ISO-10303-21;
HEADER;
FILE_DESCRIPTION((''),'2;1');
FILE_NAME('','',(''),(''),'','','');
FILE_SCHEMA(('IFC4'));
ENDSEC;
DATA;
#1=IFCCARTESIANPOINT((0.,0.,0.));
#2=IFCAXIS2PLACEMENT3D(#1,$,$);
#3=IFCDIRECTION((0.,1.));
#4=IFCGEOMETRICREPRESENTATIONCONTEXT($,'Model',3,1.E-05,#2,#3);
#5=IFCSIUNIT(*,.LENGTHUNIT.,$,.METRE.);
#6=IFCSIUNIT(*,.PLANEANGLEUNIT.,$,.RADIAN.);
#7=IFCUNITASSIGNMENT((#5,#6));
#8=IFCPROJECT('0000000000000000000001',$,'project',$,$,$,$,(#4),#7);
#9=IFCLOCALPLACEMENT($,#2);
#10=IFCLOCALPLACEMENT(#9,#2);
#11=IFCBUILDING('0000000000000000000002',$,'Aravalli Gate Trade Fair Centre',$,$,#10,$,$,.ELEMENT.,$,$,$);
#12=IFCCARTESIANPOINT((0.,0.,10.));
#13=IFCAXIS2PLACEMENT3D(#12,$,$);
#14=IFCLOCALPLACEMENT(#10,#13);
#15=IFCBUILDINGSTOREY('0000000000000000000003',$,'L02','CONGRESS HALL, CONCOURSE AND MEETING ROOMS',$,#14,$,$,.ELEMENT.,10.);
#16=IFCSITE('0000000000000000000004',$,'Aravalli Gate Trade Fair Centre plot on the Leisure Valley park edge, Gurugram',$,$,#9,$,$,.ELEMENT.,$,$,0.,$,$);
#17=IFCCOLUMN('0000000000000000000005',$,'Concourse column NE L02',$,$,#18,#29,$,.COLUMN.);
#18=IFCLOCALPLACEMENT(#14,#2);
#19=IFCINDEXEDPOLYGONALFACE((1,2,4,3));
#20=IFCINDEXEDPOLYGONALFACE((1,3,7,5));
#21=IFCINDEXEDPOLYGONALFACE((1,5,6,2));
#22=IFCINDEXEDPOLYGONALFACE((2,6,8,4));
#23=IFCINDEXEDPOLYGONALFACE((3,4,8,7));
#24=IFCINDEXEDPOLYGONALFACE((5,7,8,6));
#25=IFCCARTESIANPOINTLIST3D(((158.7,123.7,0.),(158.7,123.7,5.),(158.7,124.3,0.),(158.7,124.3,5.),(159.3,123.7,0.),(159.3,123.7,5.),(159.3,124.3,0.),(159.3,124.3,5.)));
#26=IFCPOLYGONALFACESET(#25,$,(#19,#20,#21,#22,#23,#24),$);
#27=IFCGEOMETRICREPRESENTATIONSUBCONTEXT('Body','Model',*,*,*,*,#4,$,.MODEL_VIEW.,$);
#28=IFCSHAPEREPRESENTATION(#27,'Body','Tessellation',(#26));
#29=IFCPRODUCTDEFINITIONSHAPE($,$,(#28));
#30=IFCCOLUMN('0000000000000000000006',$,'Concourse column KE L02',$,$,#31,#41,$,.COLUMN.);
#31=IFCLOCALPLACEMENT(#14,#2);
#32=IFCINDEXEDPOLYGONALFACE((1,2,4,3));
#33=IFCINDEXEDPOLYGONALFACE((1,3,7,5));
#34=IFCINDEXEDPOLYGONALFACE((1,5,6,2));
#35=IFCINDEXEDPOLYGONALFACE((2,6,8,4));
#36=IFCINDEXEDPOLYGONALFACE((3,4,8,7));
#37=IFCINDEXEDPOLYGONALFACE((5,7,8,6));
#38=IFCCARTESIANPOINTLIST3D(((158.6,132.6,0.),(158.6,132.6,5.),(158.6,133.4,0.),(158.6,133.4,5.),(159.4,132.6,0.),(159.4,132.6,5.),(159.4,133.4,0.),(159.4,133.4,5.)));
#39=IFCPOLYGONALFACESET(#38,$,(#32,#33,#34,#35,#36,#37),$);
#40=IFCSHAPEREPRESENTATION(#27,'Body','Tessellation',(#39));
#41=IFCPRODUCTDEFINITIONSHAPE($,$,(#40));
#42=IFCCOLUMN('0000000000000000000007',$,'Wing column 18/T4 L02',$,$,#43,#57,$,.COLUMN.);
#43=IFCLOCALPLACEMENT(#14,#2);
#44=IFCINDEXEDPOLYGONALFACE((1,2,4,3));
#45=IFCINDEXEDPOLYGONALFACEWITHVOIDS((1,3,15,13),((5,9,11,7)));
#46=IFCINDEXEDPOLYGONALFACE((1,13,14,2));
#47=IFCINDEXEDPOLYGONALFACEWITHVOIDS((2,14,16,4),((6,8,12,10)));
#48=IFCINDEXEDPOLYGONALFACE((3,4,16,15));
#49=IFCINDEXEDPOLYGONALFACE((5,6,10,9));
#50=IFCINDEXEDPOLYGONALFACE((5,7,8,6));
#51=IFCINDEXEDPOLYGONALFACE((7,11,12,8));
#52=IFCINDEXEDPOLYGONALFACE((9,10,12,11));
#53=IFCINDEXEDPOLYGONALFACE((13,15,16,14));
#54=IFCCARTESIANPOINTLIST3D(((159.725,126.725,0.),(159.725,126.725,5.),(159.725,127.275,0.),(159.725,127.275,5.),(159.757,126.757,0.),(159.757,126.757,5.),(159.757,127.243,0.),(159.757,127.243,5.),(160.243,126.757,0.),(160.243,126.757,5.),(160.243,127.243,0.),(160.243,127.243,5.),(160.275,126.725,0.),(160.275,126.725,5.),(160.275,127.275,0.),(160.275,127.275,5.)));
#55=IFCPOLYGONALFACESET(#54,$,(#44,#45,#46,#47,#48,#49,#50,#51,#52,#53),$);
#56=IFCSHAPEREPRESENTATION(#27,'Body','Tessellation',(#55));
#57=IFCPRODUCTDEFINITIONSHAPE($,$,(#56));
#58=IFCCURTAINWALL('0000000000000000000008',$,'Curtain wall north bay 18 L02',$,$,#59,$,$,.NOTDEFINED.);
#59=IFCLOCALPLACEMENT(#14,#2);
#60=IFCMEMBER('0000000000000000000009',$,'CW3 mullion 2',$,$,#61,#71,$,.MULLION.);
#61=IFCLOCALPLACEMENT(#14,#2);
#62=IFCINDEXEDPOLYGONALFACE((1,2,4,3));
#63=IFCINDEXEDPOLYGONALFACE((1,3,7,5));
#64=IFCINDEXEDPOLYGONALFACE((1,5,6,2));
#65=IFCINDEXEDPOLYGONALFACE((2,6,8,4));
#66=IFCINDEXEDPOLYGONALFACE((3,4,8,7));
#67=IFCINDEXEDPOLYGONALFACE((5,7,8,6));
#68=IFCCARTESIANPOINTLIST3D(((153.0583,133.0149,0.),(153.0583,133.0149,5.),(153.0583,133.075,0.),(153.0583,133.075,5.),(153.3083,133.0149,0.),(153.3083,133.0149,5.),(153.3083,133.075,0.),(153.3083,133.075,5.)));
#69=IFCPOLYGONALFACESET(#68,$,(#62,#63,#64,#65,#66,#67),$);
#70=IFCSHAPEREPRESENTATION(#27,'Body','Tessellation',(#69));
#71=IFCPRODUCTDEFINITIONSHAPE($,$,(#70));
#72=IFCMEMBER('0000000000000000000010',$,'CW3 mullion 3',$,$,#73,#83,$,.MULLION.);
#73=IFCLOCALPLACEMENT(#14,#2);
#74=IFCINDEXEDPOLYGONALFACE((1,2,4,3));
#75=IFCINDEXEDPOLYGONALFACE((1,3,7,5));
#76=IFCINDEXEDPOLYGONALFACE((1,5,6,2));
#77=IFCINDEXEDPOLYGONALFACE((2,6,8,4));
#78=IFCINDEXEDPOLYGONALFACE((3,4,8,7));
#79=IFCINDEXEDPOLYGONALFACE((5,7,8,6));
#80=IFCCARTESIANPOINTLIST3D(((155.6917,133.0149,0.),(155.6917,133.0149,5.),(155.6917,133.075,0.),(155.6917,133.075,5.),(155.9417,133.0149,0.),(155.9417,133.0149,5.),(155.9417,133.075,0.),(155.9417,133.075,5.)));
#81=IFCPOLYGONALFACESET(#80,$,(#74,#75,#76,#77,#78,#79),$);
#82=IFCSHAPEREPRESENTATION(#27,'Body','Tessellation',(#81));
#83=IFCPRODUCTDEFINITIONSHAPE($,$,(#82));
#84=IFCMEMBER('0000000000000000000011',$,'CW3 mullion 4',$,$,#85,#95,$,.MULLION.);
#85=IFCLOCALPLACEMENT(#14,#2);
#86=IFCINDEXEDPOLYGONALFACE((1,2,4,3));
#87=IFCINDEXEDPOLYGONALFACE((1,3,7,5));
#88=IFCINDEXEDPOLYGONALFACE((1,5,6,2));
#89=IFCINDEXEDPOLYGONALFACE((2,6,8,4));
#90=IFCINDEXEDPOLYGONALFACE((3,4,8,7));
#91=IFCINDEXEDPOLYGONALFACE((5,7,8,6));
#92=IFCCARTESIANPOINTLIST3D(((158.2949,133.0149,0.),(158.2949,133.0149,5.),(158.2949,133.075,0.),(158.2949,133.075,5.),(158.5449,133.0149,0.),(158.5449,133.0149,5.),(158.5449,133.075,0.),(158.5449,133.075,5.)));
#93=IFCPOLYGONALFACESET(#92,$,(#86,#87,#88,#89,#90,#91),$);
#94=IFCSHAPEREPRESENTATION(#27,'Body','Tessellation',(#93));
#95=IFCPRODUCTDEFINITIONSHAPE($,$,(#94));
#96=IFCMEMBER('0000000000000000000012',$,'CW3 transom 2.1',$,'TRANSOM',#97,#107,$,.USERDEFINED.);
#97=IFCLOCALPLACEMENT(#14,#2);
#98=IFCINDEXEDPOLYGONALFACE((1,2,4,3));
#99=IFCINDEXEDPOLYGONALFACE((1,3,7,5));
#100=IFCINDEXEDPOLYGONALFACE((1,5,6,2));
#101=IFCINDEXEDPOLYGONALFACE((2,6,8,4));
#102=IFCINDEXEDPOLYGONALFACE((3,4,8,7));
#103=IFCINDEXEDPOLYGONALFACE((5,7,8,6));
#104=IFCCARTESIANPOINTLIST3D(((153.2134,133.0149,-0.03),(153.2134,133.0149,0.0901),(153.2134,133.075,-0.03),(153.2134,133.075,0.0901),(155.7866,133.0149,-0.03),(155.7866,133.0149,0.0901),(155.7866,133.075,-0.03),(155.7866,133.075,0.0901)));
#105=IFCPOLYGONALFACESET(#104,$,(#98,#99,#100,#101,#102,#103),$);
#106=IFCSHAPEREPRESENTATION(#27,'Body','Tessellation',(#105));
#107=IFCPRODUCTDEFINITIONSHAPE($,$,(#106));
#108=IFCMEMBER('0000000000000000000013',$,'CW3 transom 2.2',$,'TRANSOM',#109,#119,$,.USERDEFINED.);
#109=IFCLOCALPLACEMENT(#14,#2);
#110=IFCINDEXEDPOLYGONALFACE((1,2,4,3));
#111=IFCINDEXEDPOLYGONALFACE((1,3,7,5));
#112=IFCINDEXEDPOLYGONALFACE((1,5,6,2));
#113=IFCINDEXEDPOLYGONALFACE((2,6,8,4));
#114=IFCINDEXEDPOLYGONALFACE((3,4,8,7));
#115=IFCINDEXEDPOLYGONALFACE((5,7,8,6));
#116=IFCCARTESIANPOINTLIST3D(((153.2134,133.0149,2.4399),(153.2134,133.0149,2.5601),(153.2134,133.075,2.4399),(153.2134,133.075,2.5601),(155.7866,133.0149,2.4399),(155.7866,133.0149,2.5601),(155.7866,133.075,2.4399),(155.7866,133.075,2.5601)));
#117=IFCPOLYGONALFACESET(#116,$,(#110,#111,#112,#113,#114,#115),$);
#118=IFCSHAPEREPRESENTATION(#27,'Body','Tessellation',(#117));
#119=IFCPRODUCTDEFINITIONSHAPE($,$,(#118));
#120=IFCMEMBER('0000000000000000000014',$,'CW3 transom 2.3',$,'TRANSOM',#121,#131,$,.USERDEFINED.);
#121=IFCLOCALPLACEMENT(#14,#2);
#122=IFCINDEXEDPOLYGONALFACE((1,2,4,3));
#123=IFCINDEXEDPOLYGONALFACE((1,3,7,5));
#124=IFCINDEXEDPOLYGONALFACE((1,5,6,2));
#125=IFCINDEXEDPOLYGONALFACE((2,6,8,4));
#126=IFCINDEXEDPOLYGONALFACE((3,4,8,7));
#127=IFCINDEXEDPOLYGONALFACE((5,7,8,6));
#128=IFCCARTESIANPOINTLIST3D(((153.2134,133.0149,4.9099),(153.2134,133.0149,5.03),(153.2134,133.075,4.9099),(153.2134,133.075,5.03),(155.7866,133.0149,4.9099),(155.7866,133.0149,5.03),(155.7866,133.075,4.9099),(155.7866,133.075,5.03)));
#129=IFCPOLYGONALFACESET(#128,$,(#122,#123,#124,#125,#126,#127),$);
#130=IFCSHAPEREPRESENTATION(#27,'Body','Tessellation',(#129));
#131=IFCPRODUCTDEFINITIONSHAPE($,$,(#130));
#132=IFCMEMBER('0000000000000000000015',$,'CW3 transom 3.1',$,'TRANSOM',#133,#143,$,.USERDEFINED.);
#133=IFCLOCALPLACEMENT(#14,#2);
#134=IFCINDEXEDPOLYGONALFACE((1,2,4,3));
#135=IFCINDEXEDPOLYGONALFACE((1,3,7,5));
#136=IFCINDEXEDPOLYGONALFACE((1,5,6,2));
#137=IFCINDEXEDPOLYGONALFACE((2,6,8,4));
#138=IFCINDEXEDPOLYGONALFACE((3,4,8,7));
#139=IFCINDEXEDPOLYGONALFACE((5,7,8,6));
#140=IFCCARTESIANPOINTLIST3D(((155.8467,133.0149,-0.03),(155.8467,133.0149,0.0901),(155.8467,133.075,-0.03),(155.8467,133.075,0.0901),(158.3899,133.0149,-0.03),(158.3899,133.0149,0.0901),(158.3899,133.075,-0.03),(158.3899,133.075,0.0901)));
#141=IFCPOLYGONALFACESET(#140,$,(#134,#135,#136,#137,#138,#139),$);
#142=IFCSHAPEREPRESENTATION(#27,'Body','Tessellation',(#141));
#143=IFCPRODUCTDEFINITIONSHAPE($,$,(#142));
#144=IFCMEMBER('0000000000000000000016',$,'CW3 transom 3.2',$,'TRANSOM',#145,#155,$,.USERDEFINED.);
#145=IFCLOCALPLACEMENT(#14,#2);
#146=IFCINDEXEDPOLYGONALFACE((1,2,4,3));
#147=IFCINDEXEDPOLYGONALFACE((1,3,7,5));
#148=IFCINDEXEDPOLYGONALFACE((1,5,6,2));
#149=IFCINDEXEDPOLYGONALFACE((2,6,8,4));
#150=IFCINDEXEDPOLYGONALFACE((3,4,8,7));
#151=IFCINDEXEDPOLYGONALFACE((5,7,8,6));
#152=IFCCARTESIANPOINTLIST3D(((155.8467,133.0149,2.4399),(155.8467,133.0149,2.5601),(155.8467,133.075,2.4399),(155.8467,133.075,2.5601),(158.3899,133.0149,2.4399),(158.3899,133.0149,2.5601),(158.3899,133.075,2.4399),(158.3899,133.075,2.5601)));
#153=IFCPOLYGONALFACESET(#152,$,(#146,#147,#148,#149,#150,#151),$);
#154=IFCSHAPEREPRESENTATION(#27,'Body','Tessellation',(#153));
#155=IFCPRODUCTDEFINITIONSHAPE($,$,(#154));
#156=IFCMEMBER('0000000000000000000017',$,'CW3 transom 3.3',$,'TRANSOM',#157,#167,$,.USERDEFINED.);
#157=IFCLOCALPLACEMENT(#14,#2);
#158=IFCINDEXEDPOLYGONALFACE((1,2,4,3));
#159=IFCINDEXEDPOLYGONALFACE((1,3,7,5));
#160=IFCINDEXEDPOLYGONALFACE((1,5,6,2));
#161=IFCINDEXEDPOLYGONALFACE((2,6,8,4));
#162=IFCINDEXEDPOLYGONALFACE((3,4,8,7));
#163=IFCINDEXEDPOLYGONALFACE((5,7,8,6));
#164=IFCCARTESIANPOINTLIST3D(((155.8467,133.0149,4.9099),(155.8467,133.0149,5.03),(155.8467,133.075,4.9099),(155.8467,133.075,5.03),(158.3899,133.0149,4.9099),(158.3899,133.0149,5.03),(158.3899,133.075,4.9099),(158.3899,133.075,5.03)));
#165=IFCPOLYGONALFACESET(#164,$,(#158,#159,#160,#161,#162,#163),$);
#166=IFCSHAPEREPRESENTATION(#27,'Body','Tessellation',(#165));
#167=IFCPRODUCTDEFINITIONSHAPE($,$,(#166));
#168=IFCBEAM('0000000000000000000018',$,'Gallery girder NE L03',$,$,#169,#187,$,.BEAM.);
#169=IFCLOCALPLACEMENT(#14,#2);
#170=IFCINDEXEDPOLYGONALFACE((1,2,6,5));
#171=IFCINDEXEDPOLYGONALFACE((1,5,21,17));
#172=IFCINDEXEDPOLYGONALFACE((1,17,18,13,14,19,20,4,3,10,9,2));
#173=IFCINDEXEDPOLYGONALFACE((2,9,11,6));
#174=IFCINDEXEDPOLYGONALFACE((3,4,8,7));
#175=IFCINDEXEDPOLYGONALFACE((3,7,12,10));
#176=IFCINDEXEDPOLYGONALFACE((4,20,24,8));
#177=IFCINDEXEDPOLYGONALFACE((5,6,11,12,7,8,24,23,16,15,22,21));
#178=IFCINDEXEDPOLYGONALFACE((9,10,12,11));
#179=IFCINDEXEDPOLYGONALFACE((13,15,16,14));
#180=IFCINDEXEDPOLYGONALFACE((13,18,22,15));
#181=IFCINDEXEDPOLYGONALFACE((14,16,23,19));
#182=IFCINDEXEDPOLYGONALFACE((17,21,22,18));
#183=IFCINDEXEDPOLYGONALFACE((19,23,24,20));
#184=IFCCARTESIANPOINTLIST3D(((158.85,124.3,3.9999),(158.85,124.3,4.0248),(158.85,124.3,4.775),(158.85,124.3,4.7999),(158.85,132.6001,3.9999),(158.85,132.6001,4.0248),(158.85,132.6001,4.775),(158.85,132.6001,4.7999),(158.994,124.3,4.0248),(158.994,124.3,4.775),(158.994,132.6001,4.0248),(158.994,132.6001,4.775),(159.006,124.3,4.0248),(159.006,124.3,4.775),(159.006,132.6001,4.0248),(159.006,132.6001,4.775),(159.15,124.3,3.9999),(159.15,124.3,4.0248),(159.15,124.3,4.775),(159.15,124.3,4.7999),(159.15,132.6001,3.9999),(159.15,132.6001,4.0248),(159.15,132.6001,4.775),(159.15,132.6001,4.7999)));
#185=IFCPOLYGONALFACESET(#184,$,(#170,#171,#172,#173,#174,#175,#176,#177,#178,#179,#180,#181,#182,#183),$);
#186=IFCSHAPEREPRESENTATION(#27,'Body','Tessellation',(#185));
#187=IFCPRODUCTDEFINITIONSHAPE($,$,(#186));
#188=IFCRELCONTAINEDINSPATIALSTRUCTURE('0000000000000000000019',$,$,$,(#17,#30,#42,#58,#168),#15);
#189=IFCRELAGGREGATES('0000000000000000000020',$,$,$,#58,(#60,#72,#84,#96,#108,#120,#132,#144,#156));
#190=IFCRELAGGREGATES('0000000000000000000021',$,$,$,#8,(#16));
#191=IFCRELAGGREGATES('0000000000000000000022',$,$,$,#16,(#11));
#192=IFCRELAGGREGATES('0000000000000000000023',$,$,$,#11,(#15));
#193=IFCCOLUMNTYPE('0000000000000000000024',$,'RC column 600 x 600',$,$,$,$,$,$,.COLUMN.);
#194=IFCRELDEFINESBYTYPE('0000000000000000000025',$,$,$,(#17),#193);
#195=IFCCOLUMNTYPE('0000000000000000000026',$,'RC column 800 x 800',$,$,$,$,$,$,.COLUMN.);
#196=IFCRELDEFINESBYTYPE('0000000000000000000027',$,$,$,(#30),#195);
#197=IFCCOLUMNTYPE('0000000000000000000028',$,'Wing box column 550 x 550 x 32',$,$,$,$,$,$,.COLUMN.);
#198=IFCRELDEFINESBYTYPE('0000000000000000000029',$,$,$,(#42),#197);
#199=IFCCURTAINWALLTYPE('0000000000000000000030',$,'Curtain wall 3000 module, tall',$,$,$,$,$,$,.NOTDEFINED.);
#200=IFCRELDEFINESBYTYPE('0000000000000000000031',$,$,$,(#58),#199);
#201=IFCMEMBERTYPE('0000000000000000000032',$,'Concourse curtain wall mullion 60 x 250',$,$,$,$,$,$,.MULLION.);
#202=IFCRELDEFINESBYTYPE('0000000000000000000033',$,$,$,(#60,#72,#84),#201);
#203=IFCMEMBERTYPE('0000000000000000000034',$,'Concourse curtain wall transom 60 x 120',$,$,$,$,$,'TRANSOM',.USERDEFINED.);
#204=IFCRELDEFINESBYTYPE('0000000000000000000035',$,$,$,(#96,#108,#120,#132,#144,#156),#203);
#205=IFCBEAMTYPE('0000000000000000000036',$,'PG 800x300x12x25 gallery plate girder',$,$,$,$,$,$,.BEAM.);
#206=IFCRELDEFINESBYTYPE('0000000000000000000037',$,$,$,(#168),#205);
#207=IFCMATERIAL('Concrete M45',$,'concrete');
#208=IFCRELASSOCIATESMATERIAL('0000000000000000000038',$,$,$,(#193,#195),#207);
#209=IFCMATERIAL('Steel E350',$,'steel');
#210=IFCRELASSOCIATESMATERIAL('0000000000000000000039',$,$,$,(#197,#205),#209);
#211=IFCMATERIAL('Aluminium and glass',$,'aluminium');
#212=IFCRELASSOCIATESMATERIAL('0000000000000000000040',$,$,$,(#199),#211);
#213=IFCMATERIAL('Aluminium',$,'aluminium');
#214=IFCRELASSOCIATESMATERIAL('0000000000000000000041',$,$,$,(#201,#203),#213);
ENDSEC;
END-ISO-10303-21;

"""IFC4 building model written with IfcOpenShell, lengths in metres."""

from ifc_helpers import new_model, si_unit, direction, frame, origin, origin_2d, place, context, subcontext, project, spatial, rectangle, hollow_rectangle, i_section, extrude, material, material_profile, profile_set, type_object, element, aggregate, save


model = new_model("IFC4")

# Units and contexts
model_context = context("Model", 3, precision=1e-05, world=origin(), true_north=direction((0.0, 1.0)))
body_context = subcontext(model_context, "Body", "Model", "MODEL_VIEW")
ifc_project = project(units=[si_unit("LENGTHUNIT", "METRE"), si_unit("PLANEANGLEUNIT", "RADIAN")], contexts=[model_context])

# Site, building, storey
site_placement = place(None, origin())
site = spatial("IfcSite", under=ifc_project, at=site_placement, Name="Aravalli Gate Trade Fair Centre plot on the Leisure Valley park edge, Gurugram", CompositionType="ELEMENT", RefElevation=0.0)
building_placement = place(site_placement, origin())
building = spatial("IfcBuilding", under=site, at=building_placement, Name="Aravalli Gate Trade Fair Centre", CompositionType="ELEMENT")
storey_placement = place(building_placement, frame((0.0, 0.0, 10.0)))
storey = spatial("IfcBuildingStorey", under=building, at=storey_placement, Name="L02", Description="CONGRESS HALL, CONCOURSE AND MEETING ROOMS", CompositionType="ELEMENT", Elevation=10.0)

# Columns
ifc_material_1 = material(Name="Concrete M45", Category="concrete")
ifc_material_profile_1 = material_profile(ifc_material_1, rectangle(XDim=0.6001, YDim=0.6001, at=origin_2d()), Name="RC column 600 x 600")
ifc_profile_set_1 = profile_set([ifc_material_profile_1], Name="Concrete M45")
column_type_1 = type_object("IfcColumnType", Name="RC column 600 x 600", PredefinedType="COLUMN", material=ifc_profile_set_1)
column_1_placement = place(storey_placement, frame((159.0, 124.0, 0.0), z_axis=(0.0, 0.0, 1.0), x_axis=(1.0, 0.0, 0.0)))
element("IfcColumn", 1, at=column_1_placement, inside=storey, type_object=column_type_1, Name="Concourse column NE L02", PredefinedType="COLUMN", context=body_context, shape_type="SweptSolid", body=[
    extrude(rectangle(XDim=0.6001, YDim=0.6001, at=origin_2d()), origin(), (0.0, 0.0, 1.0), 5.0),
])
ifc_material_profile_2 = material_profile(ifc_material_1, rectangle(XDim=0.8, YDim=0.8, at=origin_2d()), Name="RC column 800 x 800")
ifc_profile_set_2 = profile_set([ifc_material_profile_2], Name="Concrete M45")
column_type_2 = type_object("IfcColumnType", Name="RC column 800 x 800", PredefinedType="COLUMN", material=ifc_profile_set_2)
column_2_placement = place(storey_placement, frame((159.0, 133.0, 0.0), z_axis=(0.0, 0.0, 1.0), x_axis=(1.0, 0.0, 0.0)))
element("IfcColumn", 2, at=column_2_placement, inside=storey, type_object=column_type_2, Name="Concourse column KE L02", PredefinedType="COLUMN", context=body_context, shape_type="SweptSolid", body=[
    extrude(rectangle(XDim=0.8, YDim=0.8, at=origin_2d()), origin(), (0.0, 0.0, 1.0), 5.0),
])
ifc_material_2 = material(Name="Steel E350", Category="steel")
ifc_material_profile_3 = material_profile(ifc_material_2, hollow_rectangle(XDim=0.55, YDim=0.55, WallThickness=0.032, at=origin_2d()), Name="BOX 550x550x32")
ifc_profile_set_3 = profile_set([ifc_material_profile_3], Name="Steel E350")
column_type_3 = type_object("IfcColumnType", Name="Wing box column 550 x 550 x 32", PredefinedType="COLUMN", material=ifc_profile_set_3)
column_3_placement = place(storey_placement, frame((160.0, 127.0, 0.0), z_axis=(0.0, 0.0, 1.0), x_axis=(1.0, 0.0, 0.0)))
element("IfcColumn", 3, at=column_3_placement, inside=storey, type_object=column_type_3, Name="Wing column 18/T4 L02", PredefinedType="COLUMN", context=body_context, shape_type="SweptSolid", body=[
    extrude(hollow_rectangle(XDim=0.55, YDim=0.55, WallThickness=0.032, at=origin_2d()), origin(), (0.0, 0.0, 1.0), 5.0),
])

# Curtain wall, members
ifc_material_3 = material(Name="Aluminium and glass", Category="aluminium")
curtain_wall_type = type_object("IfcCurtainWallType", Name="Curtain wall 3000 module, tall", PredefinedType="NOTDEFINED", material=ifc_material_3)
curtain_wall_placement = place(storey_placement, origin())
curtain_wall = element("IfcCurtainWall", 4, at=curtain_wall_placement, inside=storey, type_object=curtain_wall_type, Name="Curtain wall north bay 18 L02", PredefinedType="NOTDEFINED")
ifc_material_4 = material(Name="Aluminium", Category="aluminium")
ifc_material_profile_4 = material_profile(ifc_material_4, rectangle(XDim=0.0601, YDim=0.25, at=origin_2d()), Name="Concourse curtain wall mullion 60 x 250")
ifc_profile_set_4 = profile_set([ifc_material_profile_4], Name="Aluminium")
member_type_1 = type_object("IfcMemberType", Name="Concourse curtain wall mullion 60 x 250", PredefinedType="MULLION", material=ifc_profile_set_4)
member_1_placement = place(storey_placement, frame((153.1833, 133.0449, 0.0), z_axis=(0.0, 0.0, 1.0), x_axis=(0.0, 1.0, 0.0)))
member_1 = element("IfcMember", 5, at=member_1_placement, type_object=member_type_1, Name="CW3 mullion 2", PredefinedType="MULLION", context=body_context, shape_type="SweptSolid", body=[
    extrude(rectangle(XDim=0.0601, YDim=0.25, at=origin_2d()), origin(), (0.0, 0.0, 1.0), 5.0),
])
member_2_placement = place(storey_placement, frame((155.8167, 133.0449, 0.0), z_axis=(0.0, 0.0, 1.0), x_axis=(0.0, 1.0, 0.0)))
member_2 = element("IfcMember", 6, at=member_2_placement, type_object=member_type_1, Name="CW3 mullion 3", PredefinedType="MULLION", context=body_context, shape_type="SweptSolid", body=[
    extrude(rectangle(XDim=0.0601, YDim=0.25, at=origin_2d()), origin(), (0.0, 0.0, 1.0), 5.0),
])
member_3_placement = place(storey_placement, frame((158.4199, 133.0449, 0.0), z_axis=(0.0, 0.0, 1.0), x_axis=(0.0, 1.0, 0.0)))
member_3 = element("IfcMember", 7, at=member_3_placement, type_object=member_type_1, Name="CW3 mullion 4", PredefinedType="MULLION", context=body_context, shape_type="SweptSolid", body=[
    extrude(rectangle(XDim=0.0601, YDim=0.25, at=origin_2d()), origin(), (0.0, 0.0, 1.0), 5.0),
])
ifc_material_profile_5 = material_profile(ifc_material_4, rectangle(XDim=0.0601, YDim=0.1201, at=origin_2d()), Name="Concourse curtain wall transom 60 x 120")
ifc_profile_set_5 = profile_set([ifc_material_profile_5], Name="Aluminium")
member_type_2 = type_object("IfcMemberType", Name="Concourse curtain wall transom 60 x 120", ElementType="TRANSOM", PredefinedType="USERDEFINED", material=ifc_profile_set_5)
member_4_placement = place(storey_placement, frame((153.2134, 133.0449, 0.03), z_axis=(1.0, 0.0, 0.0), x_axis=(0.0, 1.0, 0.0)))
member_4 = element("IfcMember", 8, at=member_4_placement, type_object=member_type_2, Name="CW3 transom 2.1", ObjectType="TRANSOM", PredefinedType="USERDEFINED", context=body_context, shape_type="SweptSolid", body=[
    extrude(rectangle(XDim=0.0601, YDim=0.1201, at=origin_2d()), origin(), (0.0, 0.0, 1.0), 2.5732),
])
member_5_placement = place(storey_placement, frame((153.2134, 133.0449, 2.5), z_axis=(1.0, 0.0, 0.0), x_axis=(0.0, 1.0, 0.0)))
member_5 = element("IfcMember", 9, at=member_5_placement, type_object=member_type_2, Name="CW3 transom 2.2", ObjectType="TRANSOM", PredefinedType="USERDEFINED", context=body_context, shape_type="SweptSolid", body=[
    extrude(rectangle(XDim=0.0601, YDim=0.1201, at=origin_2d()), origin(), (0.0, 0.0, 1.0), 2.5732),
])
member_6_placement = place(storey_placement, frame((153.2134, 133.0449, 4.97), z_axis=(1.0, 0.0, 0.0), x_axis=(0.0, 1.0, 0.0)))
member_6 = element("IfcMember", 10, at=member_6_placement, type_object=member_type_2, Name="CW3 transom 2.3", ObjectType="TRANSOM", PredefinedType="USERDEFINED", context=body_context, shape_type="SweptSolid", body=[
    extrude(rectangle(XDim=0.0601, YDim=0.1201, at=origin_2d()), origin(), (0.0, 0.0, 1.0), 2.5732),
])
member_7_placement = place(storey_placement, frame((155.8467, 133.0449, 0.03), z_axis=(1.0, 0.0, 0.0), x_axis=(0.0, 1.0, 0.0)))
member_7 = element("IfcMember", 11, at=member_7_placement, type_object=member_type_2, Name="CW3 transom 3.1", ObjectType="TRANSOM", PredefinedType="USERDEFINED", context=body_context, shape_type="SweptSolid", body=[
    extrude(rectangle(XDim=0.0601, YDim=0.1201, at=origin_2d()), origin(), (0.0, 0.0, 1.0), 2.5432),
])
member_8_placement = place(storey_placement, frame((155.8467, 133.0449, 2.5), z_axis=(1.0, 0.0, 0.0), x_axis=(0.0, 1.0, 0.0)))
member_8 = element("IfcMember", 12, at=member_8_placement, type_object=member_type_2, Name="CW3 transom 3.2", ObjectType="TRANSOM", PredefinedType="USERDEFINED", context=body_context, shape_type="SweptSolid", body=[
    extrude(rectangle(XDim=0.0601, YDim=0.1201, at=origin_2d()), origin(), (0.0, 0.0, 1.0), 2.5432),
])
member_9_placement = place(storey_placement, frame((155.8467, 133.0449, 4.97), z_axis=(1.0, 0.0, 0.0), x_axis=(0.0, 1.0, 0.0)))
member_9 = element("IfcMember", 13, at=member_9_placement, type_object=member_type_2, Name="CW3 transom 3.3", ObjectType="TRANSOM", PredefinedType="USERDEFINED", context=body_context, shape_type="SweptSolid", body=[
    extrude(rectangle(XDim=0.0601, YDim=0.1201, at=origin_2d()), origin(), (0.0, 0.0, 1.0), 2.5432),
])

# Beam
ifc_material_profile_6 = material_profile(ifc_material_2, i_section(OverallWidth=0.3, OverallDepth=0.8, WebThickness=0.012, FlangeThickness=0.0249, at=origin_2d()), Name="PG 800x300x12x25")
ifc_profile_set_6 = profile_set([ifc_material_profile_6], Name="Steel E350")
beam_type_1 = type_object("IfcBeamType", Name="PG 800x300x12x25 gallery plate girder", PredefinedType="BEAM", material=ifc_profile_set_6)
beam_placement = place(storey_placement, frame((159.0, 124.3, 4.3999), z_axis=(0.0, 1.0, 0.0), x_axis=(-1.0, 0.0, 0.0)))
element("IfcBeam", 14, at=beam_placement, inside=storey, type_object=beam_type_1, Name="Gallery girder NE L03", PredefinedType="BEAM", context=body_context, shape_type="SweptSolid", body=[
    extrude(i_section(OverallWidth=0.3, OverallDepth=0.8, WebThickness=0.012, FlangeThickness=0.0249, at=origin_2d()), origin(), (0.0, 0.0, 1.0), 8.3),
])

aggregate(curtain_wall, [member_1, member_2, member_3, member_4, member_5, member_6, member_7, member_8, member_9])

save(model, "model.ifc")
